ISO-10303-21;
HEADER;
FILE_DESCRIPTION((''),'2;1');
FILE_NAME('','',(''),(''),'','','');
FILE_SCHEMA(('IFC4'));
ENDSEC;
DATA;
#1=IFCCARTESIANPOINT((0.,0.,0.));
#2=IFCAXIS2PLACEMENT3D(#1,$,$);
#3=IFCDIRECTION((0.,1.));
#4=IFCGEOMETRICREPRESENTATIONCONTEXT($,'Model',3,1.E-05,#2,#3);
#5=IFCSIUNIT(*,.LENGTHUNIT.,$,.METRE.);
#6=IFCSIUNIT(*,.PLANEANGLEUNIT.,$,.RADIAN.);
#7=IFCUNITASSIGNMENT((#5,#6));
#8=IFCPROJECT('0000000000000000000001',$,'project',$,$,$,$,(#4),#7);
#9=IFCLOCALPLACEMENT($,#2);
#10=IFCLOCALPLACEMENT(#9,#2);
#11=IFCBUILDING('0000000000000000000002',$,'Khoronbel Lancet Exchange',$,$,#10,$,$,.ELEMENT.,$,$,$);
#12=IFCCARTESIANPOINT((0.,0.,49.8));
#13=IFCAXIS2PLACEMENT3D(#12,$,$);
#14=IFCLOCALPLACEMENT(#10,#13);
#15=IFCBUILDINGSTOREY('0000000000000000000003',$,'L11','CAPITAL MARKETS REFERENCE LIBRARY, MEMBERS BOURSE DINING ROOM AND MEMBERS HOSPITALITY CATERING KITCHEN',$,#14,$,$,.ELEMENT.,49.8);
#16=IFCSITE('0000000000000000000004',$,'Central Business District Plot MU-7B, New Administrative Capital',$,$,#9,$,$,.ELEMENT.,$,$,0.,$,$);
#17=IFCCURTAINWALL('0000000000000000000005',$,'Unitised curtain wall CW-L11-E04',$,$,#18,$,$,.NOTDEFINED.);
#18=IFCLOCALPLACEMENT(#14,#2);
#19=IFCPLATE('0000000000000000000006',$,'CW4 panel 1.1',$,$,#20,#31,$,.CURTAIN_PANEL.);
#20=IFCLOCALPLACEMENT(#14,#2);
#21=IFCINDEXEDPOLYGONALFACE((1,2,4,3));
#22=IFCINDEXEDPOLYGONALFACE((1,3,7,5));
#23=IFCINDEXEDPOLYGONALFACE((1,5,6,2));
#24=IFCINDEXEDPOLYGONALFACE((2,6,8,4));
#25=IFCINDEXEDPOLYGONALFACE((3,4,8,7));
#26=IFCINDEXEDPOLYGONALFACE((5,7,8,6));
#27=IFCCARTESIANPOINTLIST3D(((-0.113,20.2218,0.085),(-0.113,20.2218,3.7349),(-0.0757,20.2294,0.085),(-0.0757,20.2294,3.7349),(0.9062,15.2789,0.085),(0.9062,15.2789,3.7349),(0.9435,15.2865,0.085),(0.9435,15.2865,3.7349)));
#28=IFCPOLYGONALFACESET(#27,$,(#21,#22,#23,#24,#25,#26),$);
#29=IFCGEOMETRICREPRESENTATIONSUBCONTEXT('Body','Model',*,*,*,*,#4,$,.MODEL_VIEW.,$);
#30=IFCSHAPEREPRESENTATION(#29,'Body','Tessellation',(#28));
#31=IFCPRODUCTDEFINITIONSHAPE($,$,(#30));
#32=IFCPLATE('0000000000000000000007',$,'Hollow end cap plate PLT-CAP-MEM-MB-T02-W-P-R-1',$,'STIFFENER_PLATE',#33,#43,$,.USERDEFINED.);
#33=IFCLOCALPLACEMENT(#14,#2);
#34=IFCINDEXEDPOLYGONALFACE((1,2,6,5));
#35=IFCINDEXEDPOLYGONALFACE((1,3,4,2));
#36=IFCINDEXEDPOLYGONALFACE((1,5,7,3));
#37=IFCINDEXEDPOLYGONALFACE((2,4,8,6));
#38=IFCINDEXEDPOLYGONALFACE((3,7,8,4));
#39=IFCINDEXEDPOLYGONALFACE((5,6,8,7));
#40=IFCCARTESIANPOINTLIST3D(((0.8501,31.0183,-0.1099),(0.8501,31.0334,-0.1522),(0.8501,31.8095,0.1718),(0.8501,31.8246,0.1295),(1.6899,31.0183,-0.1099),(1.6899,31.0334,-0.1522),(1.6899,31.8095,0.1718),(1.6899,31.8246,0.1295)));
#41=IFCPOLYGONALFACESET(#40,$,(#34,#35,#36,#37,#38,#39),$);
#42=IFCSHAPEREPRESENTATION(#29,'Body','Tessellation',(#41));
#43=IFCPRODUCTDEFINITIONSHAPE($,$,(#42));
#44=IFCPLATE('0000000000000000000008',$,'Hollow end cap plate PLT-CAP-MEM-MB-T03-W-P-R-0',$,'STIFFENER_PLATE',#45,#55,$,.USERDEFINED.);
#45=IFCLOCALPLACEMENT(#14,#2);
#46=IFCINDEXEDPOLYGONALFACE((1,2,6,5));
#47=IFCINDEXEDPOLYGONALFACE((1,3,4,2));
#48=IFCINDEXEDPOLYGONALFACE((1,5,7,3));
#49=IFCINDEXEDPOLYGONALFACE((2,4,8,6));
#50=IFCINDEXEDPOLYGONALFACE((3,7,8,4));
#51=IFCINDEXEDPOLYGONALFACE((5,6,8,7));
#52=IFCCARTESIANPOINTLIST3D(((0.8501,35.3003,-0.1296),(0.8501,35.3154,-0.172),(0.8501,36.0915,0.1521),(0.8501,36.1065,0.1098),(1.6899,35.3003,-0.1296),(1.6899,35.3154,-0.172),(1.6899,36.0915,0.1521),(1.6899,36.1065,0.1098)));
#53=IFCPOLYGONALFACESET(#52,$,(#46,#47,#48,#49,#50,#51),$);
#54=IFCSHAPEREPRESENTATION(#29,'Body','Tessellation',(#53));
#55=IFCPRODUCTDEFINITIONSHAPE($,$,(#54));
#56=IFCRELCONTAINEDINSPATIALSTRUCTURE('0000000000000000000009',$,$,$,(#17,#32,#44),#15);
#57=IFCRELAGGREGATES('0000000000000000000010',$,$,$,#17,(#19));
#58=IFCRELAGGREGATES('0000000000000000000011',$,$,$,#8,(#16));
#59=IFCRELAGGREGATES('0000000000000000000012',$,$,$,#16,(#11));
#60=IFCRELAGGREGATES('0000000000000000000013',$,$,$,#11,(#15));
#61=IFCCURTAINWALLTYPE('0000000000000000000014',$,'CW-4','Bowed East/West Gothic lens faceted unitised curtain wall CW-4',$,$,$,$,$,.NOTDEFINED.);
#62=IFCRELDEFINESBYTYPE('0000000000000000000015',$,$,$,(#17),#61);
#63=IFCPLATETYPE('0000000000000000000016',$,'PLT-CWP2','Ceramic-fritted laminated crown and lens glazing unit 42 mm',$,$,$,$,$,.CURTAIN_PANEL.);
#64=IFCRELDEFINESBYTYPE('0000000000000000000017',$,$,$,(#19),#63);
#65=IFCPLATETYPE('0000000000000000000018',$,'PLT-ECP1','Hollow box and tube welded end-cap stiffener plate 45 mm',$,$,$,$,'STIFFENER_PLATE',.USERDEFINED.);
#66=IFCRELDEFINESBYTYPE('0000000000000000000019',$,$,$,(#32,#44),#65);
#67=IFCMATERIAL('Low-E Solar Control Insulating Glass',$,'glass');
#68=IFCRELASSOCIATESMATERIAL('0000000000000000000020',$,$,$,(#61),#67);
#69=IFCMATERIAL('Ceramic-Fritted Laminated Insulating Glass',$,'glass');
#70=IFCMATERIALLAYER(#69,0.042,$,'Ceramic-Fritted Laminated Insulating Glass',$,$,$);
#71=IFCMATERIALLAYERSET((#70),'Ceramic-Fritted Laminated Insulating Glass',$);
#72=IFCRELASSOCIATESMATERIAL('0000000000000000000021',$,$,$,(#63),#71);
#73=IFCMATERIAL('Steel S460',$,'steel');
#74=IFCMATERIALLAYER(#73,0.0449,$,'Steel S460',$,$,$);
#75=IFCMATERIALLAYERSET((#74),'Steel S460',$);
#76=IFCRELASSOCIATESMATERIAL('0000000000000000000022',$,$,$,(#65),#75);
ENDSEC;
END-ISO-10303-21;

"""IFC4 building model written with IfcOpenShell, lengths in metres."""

from ifc_helpers import new_model, si_unit, direction, frame, origin, origin_2d, place, context, subcontext, project, spatial, polyline, rectangle, outline, extrude, material, layer, layer_set, type_object, element, aggregate, save


model = new_model("IFC4")

# Units and contexts
model_context = context("Model", 3, precision=1e-05, world=origin(), true_north=direction((0.0, 1.0)))
body_context = subcontext(model_context, "Body", "Model", "MODEL_VIEW")
ifc_project = project(units=[si_unit("LENGTHUNIT", "METRE"), si_unit("PLANEANGLEUNIT", "RADIAN")], contexts=[model_context])

# Site, building, storey
site_placement = place(None, origin())
site = spatial("IfcSite", under=ifc_project, at=site_placement, Name="Central Business District Plot MU-7B, New Administrative Capital", CompositionType="ELEMENT", RefElevation=0.0)
building_placement = place(site_placement, origin())
building = spatial("IfcBuilding", under=site, at=building_placement, Name="Khoronbel Lancet Exchange", CompositionType="ELEMENT")
storey_placement = place(building_placement, frame((0.0, 0.0, 49.8)))
storey = spatial("IfcBuildingStorey", under=building, at=storey_placement, Name="L11", Description="CAPITAL MARKETS REFERENCE LIBRARY, MEMBERS BOURSE DINING ROOM AND MEMBERS HOSPITALITY CATERING KITCHEN", CompositionType="ELEMENT", Elevation=49.8)

# Curtain wall
ifc_material_1 = material(Name="Low-E Solar Control Insulating Glass", Category="glass")
curtain_wall_type = type_object("IfcCurtainWallType", Name="CW-4", Description="Bowed East/West Gothic lens faceted unitised curtain wall CW-4", PredefinedType="NOTDEFINED", material=ifc_material_1)
curtain_wall_1_placement = place(storey_placement, origin())
curtain_wall_1 = element("IfcCurtainWall", 1, at=curtain_wall_1_placement, inside=storey, type_object=curtain_wall_type, Name="Unitised curtain wall CW-L11-E04", PredefinedType="NOTDEFINED")

# Plate
ifc_material_2 = material(Name="Ceramic-Fritted Laminated Insulating Glass", Category="glass")
ifc_layer_1 = layer(ifc_material_2, 0.042, Name="Ceramic-Fritted Laminated Insulating Glass")
ifc_layer_set_1 = layer_set([ifc_layer_1], Name="Ceramic-Fritted Laminated Insulating Glass")
plate_type_1 = type_object("IfcPlateType", Name="PLT-CWP2", Description="Ceramic-fritted laminated crown and lens glazing unit 42 mm", PredefinedType="CURTAIN_PANEL", material=ifc_layer_set_1)
plate_1_placement = place(storey_placement, frame((0.4153, 17.7542, 0.085), z_axis=(0.0, 0.0, 1.0), x_axis=(-0.201944, 0.979397, 0.0)))
plate_1 = element("IfcPlate", 2, at=plate_1_placement, type_object=plate_type_1, Name="CW4 panel 1.1", PredefinedType="CURTAIN_PANEL", context=body_context, shape_type="SweptSolid", body=[
    extrude(rectangle(XDim=5.0469, YDim=0.0381, at=origin_2d()), origin(), (0.0, 0.0, 1.0), 3.6499),
])
aggregate(curtain_wall_1, [plate_1])

# Plates
ifc_material_3 = material(Name="Steel S460", Category="steel")
ifc_layer_2 = layer(ifc_material_3, 0.0449, Name="Steel S460")
ifc_layer_set_2 = layer_set([ifc_layer_2], Name="Steel S460")
plate_type_2 = type_object("IfcPlateType", Name="PLT-ECP1", Description="Hollow box and tube welded end-cap stiffener plate 45 mm", ElementType="STIFFENER_PLATE", PredefinedType="USERDEFINED", material=ifc_layer_set_2)
for number, where, z_axis, x_axis, name in (
    (3, (0.8501, 31.0183, -0.1099), (0.0, -0.335434, 0.942064), (1.0, 0.0, 0.0), "Hollow end cap plate PLT-CAP-MEM-MB-T02-W-P-R-1"),
    (4, (0.8501, 35.3003, -0.1296), (0.0, -0.335434, 0.942064), (1.0, 0.0, 0.0), "Hollow end cap plate PLT-CAP-MEM-MB-T03-W-P-R-0"),
):
    element("IfcPlate", number, at=place(storey_placement, frame(where, z_axis=z_axis, x_axis=x_axis)), inside=storey, type_object=plate_type_2, Name=name, ObjectType="STIFFENER_PLATE", PredefinedType="USERDEFINED", context=body_context, shape_type="SweptSolid", body=[
        extrude(outline(polyline([(0.0, 0.0), (0.8398, 0.0), (0.8398, 0.8398), (0.0, 0.8398), (0.0, 0.0)])), origin(), (0.0, 0.0, -1.0), 0.0449),
    ])

save(model, "model.ifc")
